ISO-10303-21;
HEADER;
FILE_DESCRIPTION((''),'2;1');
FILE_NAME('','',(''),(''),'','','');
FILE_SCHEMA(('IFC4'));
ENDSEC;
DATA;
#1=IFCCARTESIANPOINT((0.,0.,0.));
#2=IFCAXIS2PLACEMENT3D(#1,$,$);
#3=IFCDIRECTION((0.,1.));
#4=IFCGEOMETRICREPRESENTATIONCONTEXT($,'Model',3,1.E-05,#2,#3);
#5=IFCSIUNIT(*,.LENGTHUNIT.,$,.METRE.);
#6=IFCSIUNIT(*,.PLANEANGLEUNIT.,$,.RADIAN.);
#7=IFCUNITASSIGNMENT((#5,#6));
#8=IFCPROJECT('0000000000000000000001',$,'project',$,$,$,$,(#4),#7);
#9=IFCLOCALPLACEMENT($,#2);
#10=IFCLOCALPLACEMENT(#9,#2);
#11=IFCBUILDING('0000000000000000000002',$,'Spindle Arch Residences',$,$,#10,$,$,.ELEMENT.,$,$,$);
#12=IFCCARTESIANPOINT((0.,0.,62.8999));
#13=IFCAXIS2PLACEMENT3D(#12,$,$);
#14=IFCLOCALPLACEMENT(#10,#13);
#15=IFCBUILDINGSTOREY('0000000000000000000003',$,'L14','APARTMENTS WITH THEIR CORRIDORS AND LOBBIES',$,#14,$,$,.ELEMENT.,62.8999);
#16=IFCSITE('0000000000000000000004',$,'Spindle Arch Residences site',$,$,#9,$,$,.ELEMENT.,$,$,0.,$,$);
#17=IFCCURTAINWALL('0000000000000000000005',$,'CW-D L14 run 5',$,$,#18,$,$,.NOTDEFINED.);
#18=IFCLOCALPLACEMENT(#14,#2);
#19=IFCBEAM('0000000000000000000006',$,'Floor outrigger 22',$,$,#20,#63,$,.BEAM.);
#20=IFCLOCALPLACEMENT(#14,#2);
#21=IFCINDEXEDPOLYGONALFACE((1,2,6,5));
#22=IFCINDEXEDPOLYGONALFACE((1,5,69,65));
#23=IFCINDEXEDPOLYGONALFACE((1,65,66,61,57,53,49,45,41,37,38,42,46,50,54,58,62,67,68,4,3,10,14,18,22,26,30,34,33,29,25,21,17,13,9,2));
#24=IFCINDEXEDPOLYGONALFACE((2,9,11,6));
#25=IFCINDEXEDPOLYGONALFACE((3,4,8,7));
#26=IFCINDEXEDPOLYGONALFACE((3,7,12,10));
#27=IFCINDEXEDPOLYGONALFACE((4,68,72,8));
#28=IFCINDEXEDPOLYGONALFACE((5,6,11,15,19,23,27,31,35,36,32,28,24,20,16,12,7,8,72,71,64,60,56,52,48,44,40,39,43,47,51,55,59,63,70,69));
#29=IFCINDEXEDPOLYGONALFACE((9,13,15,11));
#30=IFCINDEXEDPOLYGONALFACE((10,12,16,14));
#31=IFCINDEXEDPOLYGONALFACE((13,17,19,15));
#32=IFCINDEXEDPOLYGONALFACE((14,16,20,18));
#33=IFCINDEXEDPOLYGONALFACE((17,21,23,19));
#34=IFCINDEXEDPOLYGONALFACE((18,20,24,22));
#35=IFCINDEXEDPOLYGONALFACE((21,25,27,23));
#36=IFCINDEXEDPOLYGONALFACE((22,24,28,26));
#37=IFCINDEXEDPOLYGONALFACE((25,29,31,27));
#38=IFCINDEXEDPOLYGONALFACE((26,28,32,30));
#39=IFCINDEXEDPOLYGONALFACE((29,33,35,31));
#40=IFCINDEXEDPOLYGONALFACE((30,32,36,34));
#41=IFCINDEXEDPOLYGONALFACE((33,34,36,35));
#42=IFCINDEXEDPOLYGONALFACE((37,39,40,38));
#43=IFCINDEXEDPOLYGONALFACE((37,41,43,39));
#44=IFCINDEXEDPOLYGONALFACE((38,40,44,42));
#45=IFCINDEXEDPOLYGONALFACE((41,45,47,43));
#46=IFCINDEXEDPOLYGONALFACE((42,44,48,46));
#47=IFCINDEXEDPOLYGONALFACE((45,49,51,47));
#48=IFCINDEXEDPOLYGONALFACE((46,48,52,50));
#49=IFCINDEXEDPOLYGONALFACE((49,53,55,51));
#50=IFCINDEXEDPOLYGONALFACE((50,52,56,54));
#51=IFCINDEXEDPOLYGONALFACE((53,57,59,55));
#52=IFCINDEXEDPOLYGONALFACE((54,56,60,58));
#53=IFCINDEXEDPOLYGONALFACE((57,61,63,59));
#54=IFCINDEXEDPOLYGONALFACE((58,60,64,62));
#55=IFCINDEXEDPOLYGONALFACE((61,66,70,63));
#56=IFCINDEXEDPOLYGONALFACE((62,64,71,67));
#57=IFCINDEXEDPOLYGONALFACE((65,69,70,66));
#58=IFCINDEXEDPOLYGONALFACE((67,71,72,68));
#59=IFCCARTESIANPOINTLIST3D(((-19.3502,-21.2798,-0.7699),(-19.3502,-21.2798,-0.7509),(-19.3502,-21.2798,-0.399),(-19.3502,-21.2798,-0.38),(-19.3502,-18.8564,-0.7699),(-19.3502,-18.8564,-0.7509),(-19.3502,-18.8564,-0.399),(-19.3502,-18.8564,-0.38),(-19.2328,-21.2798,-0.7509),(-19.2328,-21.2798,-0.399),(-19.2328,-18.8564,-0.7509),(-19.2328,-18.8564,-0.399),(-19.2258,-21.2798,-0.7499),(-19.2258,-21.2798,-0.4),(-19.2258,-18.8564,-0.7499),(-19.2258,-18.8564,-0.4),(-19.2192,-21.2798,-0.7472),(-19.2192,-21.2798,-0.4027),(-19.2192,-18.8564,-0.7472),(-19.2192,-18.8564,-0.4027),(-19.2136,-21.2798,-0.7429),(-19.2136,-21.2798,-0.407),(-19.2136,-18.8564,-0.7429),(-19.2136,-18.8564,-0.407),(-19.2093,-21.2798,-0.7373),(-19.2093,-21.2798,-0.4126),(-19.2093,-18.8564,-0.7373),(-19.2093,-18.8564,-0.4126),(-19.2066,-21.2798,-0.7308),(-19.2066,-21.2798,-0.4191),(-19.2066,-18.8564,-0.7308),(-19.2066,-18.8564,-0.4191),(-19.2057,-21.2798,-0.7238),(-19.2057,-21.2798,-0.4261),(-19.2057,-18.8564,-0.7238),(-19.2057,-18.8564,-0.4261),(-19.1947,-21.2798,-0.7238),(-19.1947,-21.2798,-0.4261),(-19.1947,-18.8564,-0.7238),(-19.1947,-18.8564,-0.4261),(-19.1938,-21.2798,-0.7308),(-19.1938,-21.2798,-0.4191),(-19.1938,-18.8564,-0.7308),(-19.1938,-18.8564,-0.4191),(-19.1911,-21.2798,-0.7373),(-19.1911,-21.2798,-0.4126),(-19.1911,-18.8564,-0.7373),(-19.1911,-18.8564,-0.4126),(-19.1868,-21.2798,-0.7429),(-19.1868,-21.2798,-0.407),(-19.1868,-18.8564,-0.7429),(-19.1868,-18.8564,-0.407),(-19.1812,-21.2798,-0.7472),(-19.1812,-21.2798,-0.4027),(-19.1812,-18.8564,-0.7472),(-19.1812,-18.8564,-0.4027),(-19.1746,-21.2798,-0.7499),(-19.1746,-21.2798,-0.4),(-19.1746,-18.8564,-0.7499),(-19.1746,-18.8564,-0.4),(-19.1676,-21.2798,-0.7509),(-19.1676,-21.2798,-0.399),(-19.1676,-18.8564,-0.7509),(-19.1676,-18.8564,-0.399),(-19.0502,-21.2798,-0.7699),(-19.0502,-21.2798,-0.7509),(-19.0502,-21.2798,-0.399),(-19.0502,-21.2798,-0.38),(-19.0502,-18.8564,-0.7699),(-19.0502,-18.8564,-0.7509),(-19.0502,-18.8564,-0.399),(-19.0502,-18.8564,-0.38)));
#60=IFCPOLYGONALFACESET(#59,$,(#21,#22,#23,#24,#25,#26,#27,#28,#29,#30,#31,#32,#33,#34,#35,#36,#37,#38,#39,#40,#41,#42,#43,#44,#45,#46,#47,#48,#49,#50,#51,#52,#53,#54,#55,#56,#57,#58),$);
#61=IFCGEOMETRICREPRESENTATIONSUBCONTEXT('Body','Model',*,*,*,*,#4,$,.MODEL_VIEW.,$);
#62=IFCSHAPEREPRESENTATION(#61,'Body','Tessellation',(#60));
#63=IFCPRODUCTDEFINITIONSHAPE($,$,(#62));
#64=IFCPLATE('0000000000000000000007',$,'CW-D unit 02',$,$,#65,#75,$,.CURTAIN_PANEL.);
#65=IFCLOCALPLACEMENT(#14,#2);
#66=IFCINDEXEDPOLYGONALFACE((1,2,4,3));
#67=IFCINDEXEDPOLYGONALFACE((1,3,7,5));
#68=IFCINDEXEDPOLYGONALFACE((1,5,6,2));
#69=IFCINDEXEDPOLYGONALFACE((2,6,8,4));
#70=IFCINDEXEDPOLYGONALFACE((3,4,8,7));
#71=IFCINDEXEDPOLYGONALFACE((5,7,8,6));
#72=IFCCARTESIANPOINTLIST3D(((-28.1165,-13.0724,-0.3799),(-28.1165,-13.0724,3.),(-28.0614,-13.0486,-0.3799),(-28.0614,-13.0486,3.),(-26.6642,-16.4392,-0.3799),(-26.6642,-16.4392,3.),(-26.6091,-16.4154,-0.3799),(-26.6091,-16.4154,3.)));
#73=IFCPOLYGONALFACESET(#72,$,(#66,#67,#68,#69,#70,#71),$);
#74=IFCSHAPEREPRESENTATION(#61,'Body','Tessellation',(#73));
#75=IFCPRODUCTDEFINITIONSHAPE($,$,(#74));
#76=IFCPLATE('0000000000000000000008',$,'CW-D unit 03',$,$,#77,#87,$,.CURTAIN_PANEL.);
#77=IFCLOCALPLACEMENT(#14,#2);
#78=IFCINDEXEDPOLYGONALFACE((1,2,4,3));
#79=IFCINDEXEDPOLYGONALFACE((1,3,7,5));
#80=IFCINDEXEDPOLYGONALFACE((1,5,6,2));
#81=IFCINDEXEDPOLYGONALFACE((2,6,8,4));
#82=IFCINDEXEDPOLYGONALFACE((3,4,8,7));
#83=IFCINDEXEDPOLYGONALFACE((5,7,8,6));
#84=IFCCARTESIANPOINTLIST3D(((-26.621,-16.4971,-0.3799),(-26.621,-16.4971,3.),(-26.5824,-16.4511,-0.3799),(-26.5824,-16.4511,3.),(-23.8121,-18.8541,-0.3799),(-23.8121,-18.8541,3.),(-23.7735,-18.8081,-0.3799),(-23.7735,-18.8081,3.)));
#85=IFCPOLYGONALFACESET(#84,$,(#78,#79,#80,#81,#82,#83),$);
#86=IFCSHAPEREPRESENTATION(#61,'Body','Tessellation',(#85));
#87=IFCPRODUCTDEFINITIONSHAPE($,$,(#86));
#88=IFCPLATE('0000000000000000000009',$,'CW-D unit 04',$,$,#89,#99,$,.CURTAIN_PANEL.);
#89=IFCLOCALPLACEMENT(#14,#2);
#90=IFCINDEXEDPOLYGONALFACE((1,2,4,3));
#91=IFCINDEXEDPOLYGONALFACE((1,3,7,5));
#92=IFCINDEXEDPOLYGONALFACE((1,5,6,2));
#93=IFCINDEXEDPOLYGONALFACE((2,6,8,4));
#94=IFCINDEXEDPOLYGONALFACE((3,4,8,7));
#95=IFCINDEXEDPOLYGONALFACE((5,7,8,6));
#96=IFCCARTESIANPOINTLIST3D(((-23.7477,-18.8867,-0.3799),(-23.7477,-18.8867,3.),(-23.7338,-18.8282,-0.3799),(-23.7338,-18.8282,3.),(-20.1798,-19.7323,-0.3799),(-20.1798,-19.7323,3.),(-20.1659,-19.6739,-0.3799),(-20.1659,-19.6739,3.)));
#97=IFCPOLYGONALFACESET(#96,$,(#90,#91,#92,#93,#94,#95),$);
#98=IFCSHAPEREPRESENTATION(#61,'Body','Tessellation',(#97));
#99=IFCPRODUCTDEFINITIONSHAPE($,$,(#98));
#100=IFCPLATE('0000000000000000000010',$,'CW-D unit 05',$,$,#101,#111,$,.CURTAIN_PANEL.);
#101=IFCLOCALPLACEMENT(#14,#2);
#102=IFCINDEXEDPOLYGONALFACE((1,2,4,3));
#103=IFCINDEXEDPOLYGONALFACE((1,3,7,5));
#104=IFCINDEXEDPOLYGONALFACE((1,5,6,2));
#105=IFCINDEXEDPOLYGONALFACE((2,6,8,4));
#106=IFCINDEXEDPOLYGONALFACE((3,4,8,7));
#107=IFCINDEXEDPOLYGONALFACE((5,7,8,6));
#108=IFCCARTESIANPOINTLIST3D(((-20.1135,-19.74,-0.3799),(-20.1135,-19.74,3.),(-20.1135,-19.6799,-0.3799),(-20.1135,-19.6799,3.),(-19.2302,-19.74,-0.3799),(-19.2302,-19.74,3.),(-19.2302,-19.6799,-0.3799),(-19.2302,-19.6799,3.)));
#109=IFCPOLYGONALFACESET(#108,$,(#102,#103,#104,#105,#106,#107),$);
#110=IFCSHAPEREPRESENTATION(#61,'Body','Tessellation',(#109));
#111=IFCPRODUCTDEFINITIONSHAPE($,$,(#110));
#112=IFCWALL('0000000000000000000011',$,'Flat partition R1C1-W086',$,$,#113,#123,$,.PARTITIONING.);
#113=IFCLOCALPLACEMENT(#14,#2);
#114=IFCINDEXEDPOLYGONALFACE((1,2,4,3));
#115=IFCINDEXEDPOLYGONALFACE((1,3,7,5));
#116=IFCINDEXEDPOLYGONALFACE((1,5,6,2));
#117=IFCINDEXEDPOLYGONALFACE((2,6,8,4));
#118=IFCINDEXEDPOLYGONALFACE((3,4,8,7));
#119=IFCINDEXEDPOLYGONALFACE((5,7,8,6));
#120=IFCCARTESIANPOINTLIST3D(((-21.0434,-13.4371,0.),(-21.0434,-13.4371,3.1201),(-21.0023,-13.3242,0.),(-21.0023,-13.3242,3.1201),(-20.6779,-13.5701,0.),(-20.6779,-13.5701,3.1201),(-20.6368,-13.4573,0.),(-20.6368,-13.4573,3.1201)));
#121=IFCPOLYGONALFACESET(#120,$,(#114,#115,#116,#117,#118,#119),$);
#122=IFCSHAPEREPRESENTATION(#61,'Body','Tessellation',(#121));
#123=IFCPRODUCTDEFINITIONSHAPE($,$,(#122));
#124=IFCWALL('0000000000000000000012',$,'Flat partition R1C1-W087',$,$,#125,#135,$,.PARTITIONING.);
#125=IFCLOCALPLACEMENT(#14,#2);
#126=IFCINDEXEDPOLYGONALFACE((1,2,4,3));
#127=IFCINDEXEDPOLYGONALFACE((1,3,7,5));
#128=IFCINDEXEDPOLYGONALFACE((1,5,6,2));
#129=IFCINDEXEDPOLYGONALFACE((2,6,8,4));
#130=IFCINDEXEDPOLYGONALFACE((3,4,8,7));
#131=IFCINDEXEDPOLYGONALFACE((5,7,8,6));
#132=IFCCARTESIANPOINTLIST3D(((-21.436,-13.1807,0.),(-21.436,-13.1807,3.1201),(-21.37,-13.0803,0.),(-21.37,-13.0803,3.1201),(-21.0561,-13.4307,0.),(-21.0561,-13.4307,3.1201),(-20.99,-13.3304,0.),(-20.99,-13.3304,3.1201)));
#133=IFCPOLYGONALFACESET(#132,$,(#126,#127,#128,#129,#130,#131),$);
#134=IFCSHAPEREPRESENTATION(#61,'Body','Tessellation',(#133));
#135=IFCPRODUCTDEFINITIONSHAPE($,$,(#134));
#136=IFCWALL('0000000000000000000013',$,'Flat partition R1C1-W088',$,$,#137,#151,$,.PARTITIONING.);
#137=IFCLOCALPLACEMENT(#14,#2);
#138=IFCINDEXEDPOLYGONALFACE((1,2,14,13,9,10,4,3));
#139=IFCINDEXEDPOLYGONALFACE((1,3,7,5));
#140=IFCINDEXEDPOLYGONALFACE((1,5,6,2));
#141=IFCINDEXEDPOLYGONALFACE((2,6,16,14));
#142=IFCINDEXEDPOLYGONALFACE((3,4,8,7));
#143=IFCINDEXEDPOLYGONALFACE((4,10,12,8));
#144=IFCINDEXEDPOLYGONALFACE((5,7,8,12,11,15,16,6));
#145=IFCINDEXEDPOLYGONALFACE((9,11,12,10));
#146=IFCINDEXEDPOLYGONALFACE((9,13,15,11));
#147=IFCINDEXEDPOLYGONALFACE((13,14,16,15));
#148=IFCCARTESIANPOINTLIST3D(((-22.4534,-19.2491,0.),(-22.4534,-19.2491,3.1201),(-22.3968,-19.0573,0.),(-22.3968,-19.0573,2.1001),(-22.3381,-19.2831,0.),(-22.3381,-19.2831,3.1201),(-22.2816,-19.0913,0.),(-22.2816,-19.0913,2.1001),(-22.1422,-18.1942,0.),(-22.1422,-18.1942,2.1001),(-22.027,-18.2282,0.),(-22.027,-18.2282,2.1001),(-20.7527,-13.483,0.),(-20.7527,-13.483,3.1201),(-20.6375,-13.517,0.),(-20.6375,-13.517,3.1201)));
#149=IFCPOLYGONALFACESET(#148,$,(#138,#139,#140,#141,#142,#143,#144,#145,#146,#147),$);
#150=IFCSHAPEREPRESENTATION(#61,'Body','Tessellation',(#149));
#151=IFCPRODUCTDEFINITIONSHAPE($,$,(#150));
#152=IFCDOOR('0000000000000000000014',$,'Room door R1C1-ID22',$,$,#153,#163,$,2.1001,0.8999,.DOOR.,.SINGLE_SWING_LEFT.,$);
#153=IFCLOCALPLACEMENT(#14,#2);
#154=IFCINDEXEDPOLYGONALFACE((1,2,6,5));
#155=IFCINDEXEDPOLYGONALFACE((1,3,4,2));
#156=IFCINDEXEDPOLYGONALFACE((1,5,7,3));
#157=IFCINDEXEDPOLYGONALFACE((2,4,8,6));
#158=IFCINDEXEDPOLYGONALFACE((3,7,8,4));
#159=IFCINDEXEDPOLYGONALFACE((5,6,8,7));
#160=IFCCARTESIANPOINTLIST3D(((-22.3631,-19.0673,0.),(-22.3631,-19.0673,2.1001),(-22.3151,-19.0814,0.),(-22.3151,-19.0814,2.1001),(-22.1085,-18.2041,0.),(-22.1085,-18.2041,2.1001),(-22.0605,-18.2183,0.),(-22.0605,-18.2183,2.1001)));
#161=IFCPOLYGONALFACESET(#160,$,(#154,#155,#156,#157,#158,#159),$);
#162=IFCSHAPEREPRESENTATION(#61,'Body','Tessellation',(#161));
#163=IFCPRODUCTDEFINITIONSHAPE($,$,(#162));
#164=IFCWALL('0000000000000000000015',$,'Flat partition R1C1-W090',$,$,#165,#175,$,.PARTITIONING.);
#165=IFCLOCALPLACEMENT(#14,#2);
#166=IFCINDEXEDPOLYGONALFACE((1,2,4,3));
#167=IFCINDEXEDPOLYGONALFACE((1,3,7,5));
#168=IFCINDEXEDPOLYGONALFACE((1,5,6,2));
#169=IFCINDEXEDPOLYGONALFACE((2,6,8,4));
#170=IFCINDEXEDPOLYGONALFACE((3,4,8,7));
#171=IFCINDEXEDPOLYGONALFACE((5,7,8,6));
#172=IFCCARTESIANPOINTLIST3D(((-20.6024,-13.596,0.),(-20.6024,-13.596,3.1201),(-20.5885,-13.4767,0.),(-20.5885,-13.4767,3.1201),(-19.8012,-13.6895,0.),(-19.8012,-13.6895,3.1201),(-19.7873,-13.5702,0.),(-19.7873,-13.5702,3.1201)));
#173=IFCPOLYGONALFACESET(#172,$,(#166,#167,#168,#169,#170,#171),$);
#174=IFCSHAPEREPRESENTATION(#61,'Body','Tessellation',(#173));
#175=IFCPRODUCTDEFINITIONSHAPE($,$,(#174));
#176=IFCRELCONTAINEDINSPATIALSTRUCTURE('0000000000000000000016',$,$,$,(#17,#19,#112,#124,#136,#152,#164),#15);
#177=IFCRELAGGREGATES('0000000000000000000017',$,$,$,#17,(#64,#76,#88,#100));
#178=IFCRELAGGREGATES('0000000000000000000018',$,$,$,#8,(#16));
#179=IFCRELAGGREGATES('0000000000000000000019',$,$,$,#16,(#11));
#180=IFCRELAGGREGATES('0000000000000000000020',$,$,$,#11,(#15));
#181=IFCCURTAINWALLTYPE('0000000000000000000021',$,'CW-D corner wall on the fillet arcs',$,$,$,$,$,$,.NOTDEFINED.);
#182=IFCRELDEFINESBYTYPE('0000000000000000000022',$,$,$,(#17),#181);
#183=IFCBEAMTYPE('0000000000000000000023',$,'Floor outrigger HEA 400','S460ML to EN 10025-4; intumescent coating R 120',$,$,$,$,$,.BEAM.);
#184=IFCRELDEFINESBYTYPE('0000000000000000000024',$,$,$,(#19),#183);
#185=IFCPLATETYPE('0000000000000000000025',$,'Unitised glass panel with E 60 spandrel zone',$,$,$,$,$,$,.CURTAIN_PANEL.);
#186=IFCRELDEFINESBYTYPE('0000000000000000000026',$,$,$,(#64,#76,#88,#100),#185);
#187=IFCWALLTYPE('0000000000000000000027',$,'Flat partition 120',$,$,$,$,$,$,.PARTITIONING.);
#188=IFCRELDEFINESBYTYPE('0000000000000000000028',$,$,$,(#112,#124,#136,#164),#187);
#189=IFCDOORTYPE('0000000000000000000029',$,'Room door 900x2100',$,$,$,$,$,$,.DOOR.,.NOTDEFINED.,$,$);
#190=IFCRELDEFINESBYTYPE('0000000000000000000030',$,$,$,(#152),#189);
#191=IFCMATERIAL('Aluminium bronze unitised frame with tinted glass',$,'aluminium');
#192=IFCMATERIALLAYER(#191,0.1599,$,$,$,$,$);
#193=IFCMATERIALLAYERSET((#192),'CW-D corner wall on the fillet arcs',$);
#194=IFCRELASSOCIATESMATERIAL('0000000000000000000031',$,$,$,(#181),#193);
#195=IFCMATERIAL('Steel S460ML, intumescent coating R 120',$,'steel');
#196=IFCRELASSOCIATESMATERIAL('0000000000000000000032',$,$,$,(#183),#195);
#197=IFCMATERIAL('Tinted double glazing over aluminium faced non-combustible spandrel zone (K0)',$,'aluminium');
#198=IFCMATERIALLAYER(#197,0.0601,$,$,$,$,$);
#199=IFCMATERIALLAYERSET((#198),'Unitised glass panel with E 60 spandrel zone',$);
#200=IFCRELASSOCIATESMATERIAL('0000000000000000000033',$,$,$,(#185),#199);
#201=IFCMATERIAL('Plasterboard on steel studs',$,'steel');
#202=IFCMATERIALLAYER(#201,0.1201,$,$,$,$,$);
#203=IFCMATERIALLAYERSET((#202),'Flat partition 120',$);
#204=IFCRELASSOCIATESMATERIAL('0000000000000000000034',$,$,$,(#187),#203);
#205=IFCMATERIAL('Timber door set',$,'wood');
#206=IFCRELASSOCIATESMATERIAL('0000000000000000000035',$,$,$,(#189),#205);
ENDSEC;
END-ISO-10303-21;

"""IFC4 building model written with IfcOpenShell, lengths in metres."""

from ifc_helpers import new_model, si_unit, direction, frame, frame_2d, origin, origin_2d, place, context, subcontext, project, spatial, rectangle, i_section, extrude, material, layer, layer_set, material_profile, profile_set, type_object, element, fill, aggregate, save


model = new_model("IFC4")

# Units and contexts
model_context = context("Model", 3, precision=1e-05, world=origin(), true_north=direction((0.0, 1.0)))
body_context = subcontext(model_context, "Body", "Model", "MODEL_VIEW")
ifc_project = project(units=[si_unit("LENGTHUNIT", "METRE"), si_unit("PLANEANGLEUNIT", "RADIAN")], contexts=[model_context])

# Site, building, storey
site_placement = place(None, origin())
site = spatial("IfcSite", under=ifc_project, at=site_placement, Name="Spindle Arch Residences site", CompositionType="ELEMENT", RefElevation=0.0)
building_placement = place(site_placement, origin())
building = spatial("IfcBuilding", under=site, at=building_placement, Name="Spindle Arch Residences", CompositionType="ELEMENT")
storey_placement = place(building_placement, frame((0.0, 0.0, 62.8999)))
storey = spatial("IfcBuildingStorey", under=building, at=storey_placement, Name="L14", Description="APARTMENTS WITH THEIR CORRIDORS AND LOBBIES", CompositionType="ELEMENT", Elevation=62.8999)

# Curtain wall
ifc_material_1 = material(Name="Aluminium bronze unitised frame with tinted glass", Category="aluminium")
ifc_layer_1 = layer(ifc_material_1, 0.1599)
ifc_layer_set_1 = layer_set([ifc_layer_1], Name="CW-D corner wall on the fillet arcs")
curtain_wall_type_1 = type_object("IfcCurtainWallType", Name="CW-D corner wall on the fillet arcs", PredefinedType="NOTDEFINED", material=ifc_layer_set_1)
curtain_wall_1_placement = place(storey_placement, origin())
curtain_wall_1 = element("IfcCurtainWall", 1, at=curtain_wall_1_placement, inside=storey, type_object=curtain_wall_type_1, Name="CW-D L14 run 5", PredefinedType="NOTDEFINED")

# Beam
ifc_material_2 = material(Name="Steel S460ML, intumescent coating R 120", Category="steel")
ifc_material_profile_1 = material_profile(ifc_material_2, i_section(OverallWidth=0.3, OverallDepth=0.3899, WebThickness=0.011, FlangeThickness=0.019, FilletRadius=0.0271, at=origin_2d()), Name="HEA 400")
ifc_profile_set_1 = profile_set([ifc_material_profile_1], Name="Steel S460ML, intumescent coating R 120")
beam_type_1 = type_object("IfcBeamType", Name="Floor outrigger HEA 400", Description="S460ML to EN 10025-4; intumescent coating R 120", PredefinedType="BEAM", material=ifc_profile_set_1)
beam_1_placement = place(storey_placement, frame((-19.2002, -21.2798, -0.575), z_axis=(0.0, 1.0, 0.0), x_axis=(-1.0, 0.0, 0.0)))
element("IfcBeam", 2, at=beam_1_placement, inside=storey, type_object=beam_type_1, Name="Floor outrigger 22", PredefinedType="BEAM", context=body_context, shape_type="SweptSolid", body=[
    extrude(i_section(OverallWidth=0.3, OverallDepth=0.3899, WebThickness=0.011, FlangeThickness=0.019, FilletRadius=0.0271, at=origin_2d()), origin(), (0.0, 0.0, 1.0), 2.4233),
])

# Plates
ifc_material_3 = material(Name="Tinted double glazing over aluminium faced non-combustible spandrel zone (K0)", Category="aluminium")
ifc_layer_2 = layer(ifc_material_3, 0.0601)
ifc_layer_set_2 = layer_set([ifc_layer_2], Name="Unitised glass panel with E 60 spandrel zone")
plate_type = type_object("IfcPlateType", Name="Unitised glass panel with E 60 spandrel zone", PredefinedType="CURTAIN_PANEL", material=ifc_layer_set_2)
plate_1_placement = place(storey_placement, frame((-27.3628, -14.7439, -0.3799), z_axis=(0.0, 0.0, 1.0), x_axis=(0.39608, -0.918216, 0.0)))
plate_1 = element("IfcPlate", 3, at=plate_1_placement, type_object=plate_type, Name="CW-D unit 02", PredefinedType="CURTAIN_PANEL", context=body_context, shape_type="SweptSolid", body=[
    extrude(rectangle(XDim=3.6667, YDim=0.0601, at=origin_2d()), origin(), (0.0, 0.0, 1.0), 3.3799),
])
plate_2_placement = place(storey_placement, frame((-25.1973, -17.6526, -0.3799), z_axis=(0.0, 0.0, 1.0), x_axis=(0.766044, -0.642788, 0.0)))
plate_2 = element("IfcPlate", 4, at=plate_2_placement, type_object=plate_type, Name="CW-D unit 03", PredefinedType="CURTAIN_PANEL", context=body_context, shape_type="SweptSolid", body=[
    extrude(rectangle(XDim=3.6667, YDim=0.0601, at=origin_2d()), origin(), (0.0, 0.0, 1.0), 3.3799),
])
plate_3_placement = place(storey_placement, frame((-21.9568, -19.2803, -0.3799), z_axis=(0.0, 0.0, 1.0), x_axis=(0.973045, -0.230616, 0.0)))
plate_3 = element("IfcPlate", 5, at=plate_3_placement, type_object=plate_type, Name="CW-D unit 04", PredefinedType="CURTAIN_PANEL", context=body_context, shape_type="SweptSolid", body=[
    extrude(rectangle(XDim=3.6667, YDim=0.0601, at=origin_2d()), origin(), (0.0, 0.0, 1.0), 3.3799),
])
plate_4_placement = place(storey_placement, frame((-19.6719, -19.71, -0.3799), z_axis=(0.0, 0.0, 1.0), x_axis=(1.0, 0.0, 0.0)))
plate_4 = element("IfcPlate", 6, at=plate_4_placement, type_object=plate_type, Name="CW-D unit 05", PredefinedType="CURTAIN_PANEL", context=body_context, shape_type="SweptSolid", body=[
    extrude(rectangle(XDim=0.8833, YDim=0.0601, at=origin_2d()), origin(), (0.0, 0.0, 1.0), 3.3799),
])
aggregate(curtain_wall_1, [plate_1, plate_2, plate_3, plate_4])

# Walls
ifc_material_4 = material(Name="Plasterboard on steel studs", Category="steel")
ifc_layer_3 = layer(ifc_material_4, 0.1201)
ifc_layer_set_3 = layer_set([ifc_layer_3], Name="Flat partition 120")
wall_type_1 = type_object("IfcWallType", Name="Flat partition 120", PredefinedType="PARTITIONING", material=ifc_layer_set_3)
wall_1_placement = place(storey_placement, frame((-20.6575, -13.5137, 0.0), z_axis=(0.0, 0.0, 1.0), x_axis=(-0.939665, 0.342096, 0.0)))
element("IfcWall", 7, at=wall_1_placement, inside=storey, type_object=wall_type_1, Name="Flat partition R1C1-W086", PredefinedType="PARTITIONING", context=body_context, shape_type="SweptSolid", body=[
    extrude(rectangle(XDim=0.3889, YDim=0.1201, at=frame_2d((0.1943, 0.0))), origin(), (0.0, 0.0, 1.0), 3.1201),
])
wall_2_placement = place(storey_placement, frame((-21.0229, -13.3806, 0.0), z_axis=(0.0, 0.0, 1.0), x_axis=(-0.835339, 0.549735, 0.0)))
element("IfcWall", 8, at=wall_2_placement, inside=storey, type_object=wall_type_1, Name="Flat partition R1C1-W087", PredefinedType="PARTITIONING", context=body_context, shape_type="SweptSolid", body=[
    extrude(rectangle(XDim=0.4548, YDim=0.1201, at=frame_2d((0.2275, 0.0))), origin(), (0.0, 0.0, 1.0), 3.1201),
])

# Wall, opening, door
wall_3_placement = place(storey_placement, frame((-22.3958, -19.2661, 0.0), z_axis=(0.0, 0.0, 1.0), x_axis=(0.282896, 0.959151, 0.0)))
wall_3 = element("IfcWall", 9, at=wall_3_placement, inside=storey, type_object=wall_type_1, Name="Flat partition R1C1-W088", PredefinedType="PARTITIONING", context=body_context, shape_type="SweptSolid", body=[
    extrude(rectangle(XDim=6.0117, YDim=0.1201, at=frame_2d((3.0059, 0.0))), origin(), (0.0, 0.0, 1.0), 3.1201),
])
opening_1_placement = place(wall_3_placement, frame((0.2, 0.0, 0.0)))
opening_1 = element("IfcOpeningElement", 10, at=opening_1_placement, cuts=wall_3, PredefinedType="OPENING", context=body_context, shape_type="SweptSolid", body=[
    extrude(rectangle(XDim=0.8999, YDim=2.1001, at=frame_2d((0.45, 1.05))), frame((0.0, 0.0701, 0.0), z_axis=(0.0, -1.0, 0.0), x_axis=(1.0, 0.0, 0.0)), (0.0, 0.0, 1.0), 0.1401),
])
ifc_material_5 = material(Name="Timber door set", Category="wood")
door_type = type_object("IfcDoorType", Name="Room door 900x2100", OperationType="NOTDEFINED", PredefinedType="DOOR", material=ifc_material_5)
door_1_placement = place(opening_1_placement, origin())
door_1 = element("IfcDoor", 11, at=door_1_placement, inside=storey, type_object=door_type, Name="Room door R1C1-ID22", OperationType="SINGLE_SWING_LEFT", OverallHeight=2.1001, OverallWidth=0.8999, PredefinedType="DOOR", context=body_context, shape_type="SweptSolid", body=[
    extrude(rectangle(XDim=0.8999, YDim=2.1001, at=frame_2d((0.45, 1.05))), frame((0.0, 0.0249, 0.0), z_axis=(0.0, -1.0, 0.0), x_axis=(1.0, 0.0, 0.0)), (0.0, 0.0, 1.0), 0.05),
])
fill(opening_1, door_1)

# Wall
wall_4_placement = place(storey_placement, frame((-20.5955, -13.5364, 0.0), z_axis=(0.0, 0.0, 1.0), x_axis=(0.99326, -0.115911, 0.0)))
element("IfcWall", 12, at=wall_4_placement, inside=storey, type_object=wall_type_1, Name="Flat partition R1C1-W090", PredefinedType="PARTITIONING", context=body_context, shape_type="SweptSolid", body=[
    extrude(rectangle(XDim=0.8066, YDim=0.1201, at=frame_2d((0.4033, 0.0))), origin(), (0.0, 0.0, 1.0), 3.1201),
])

save(model, "model.ifc")
